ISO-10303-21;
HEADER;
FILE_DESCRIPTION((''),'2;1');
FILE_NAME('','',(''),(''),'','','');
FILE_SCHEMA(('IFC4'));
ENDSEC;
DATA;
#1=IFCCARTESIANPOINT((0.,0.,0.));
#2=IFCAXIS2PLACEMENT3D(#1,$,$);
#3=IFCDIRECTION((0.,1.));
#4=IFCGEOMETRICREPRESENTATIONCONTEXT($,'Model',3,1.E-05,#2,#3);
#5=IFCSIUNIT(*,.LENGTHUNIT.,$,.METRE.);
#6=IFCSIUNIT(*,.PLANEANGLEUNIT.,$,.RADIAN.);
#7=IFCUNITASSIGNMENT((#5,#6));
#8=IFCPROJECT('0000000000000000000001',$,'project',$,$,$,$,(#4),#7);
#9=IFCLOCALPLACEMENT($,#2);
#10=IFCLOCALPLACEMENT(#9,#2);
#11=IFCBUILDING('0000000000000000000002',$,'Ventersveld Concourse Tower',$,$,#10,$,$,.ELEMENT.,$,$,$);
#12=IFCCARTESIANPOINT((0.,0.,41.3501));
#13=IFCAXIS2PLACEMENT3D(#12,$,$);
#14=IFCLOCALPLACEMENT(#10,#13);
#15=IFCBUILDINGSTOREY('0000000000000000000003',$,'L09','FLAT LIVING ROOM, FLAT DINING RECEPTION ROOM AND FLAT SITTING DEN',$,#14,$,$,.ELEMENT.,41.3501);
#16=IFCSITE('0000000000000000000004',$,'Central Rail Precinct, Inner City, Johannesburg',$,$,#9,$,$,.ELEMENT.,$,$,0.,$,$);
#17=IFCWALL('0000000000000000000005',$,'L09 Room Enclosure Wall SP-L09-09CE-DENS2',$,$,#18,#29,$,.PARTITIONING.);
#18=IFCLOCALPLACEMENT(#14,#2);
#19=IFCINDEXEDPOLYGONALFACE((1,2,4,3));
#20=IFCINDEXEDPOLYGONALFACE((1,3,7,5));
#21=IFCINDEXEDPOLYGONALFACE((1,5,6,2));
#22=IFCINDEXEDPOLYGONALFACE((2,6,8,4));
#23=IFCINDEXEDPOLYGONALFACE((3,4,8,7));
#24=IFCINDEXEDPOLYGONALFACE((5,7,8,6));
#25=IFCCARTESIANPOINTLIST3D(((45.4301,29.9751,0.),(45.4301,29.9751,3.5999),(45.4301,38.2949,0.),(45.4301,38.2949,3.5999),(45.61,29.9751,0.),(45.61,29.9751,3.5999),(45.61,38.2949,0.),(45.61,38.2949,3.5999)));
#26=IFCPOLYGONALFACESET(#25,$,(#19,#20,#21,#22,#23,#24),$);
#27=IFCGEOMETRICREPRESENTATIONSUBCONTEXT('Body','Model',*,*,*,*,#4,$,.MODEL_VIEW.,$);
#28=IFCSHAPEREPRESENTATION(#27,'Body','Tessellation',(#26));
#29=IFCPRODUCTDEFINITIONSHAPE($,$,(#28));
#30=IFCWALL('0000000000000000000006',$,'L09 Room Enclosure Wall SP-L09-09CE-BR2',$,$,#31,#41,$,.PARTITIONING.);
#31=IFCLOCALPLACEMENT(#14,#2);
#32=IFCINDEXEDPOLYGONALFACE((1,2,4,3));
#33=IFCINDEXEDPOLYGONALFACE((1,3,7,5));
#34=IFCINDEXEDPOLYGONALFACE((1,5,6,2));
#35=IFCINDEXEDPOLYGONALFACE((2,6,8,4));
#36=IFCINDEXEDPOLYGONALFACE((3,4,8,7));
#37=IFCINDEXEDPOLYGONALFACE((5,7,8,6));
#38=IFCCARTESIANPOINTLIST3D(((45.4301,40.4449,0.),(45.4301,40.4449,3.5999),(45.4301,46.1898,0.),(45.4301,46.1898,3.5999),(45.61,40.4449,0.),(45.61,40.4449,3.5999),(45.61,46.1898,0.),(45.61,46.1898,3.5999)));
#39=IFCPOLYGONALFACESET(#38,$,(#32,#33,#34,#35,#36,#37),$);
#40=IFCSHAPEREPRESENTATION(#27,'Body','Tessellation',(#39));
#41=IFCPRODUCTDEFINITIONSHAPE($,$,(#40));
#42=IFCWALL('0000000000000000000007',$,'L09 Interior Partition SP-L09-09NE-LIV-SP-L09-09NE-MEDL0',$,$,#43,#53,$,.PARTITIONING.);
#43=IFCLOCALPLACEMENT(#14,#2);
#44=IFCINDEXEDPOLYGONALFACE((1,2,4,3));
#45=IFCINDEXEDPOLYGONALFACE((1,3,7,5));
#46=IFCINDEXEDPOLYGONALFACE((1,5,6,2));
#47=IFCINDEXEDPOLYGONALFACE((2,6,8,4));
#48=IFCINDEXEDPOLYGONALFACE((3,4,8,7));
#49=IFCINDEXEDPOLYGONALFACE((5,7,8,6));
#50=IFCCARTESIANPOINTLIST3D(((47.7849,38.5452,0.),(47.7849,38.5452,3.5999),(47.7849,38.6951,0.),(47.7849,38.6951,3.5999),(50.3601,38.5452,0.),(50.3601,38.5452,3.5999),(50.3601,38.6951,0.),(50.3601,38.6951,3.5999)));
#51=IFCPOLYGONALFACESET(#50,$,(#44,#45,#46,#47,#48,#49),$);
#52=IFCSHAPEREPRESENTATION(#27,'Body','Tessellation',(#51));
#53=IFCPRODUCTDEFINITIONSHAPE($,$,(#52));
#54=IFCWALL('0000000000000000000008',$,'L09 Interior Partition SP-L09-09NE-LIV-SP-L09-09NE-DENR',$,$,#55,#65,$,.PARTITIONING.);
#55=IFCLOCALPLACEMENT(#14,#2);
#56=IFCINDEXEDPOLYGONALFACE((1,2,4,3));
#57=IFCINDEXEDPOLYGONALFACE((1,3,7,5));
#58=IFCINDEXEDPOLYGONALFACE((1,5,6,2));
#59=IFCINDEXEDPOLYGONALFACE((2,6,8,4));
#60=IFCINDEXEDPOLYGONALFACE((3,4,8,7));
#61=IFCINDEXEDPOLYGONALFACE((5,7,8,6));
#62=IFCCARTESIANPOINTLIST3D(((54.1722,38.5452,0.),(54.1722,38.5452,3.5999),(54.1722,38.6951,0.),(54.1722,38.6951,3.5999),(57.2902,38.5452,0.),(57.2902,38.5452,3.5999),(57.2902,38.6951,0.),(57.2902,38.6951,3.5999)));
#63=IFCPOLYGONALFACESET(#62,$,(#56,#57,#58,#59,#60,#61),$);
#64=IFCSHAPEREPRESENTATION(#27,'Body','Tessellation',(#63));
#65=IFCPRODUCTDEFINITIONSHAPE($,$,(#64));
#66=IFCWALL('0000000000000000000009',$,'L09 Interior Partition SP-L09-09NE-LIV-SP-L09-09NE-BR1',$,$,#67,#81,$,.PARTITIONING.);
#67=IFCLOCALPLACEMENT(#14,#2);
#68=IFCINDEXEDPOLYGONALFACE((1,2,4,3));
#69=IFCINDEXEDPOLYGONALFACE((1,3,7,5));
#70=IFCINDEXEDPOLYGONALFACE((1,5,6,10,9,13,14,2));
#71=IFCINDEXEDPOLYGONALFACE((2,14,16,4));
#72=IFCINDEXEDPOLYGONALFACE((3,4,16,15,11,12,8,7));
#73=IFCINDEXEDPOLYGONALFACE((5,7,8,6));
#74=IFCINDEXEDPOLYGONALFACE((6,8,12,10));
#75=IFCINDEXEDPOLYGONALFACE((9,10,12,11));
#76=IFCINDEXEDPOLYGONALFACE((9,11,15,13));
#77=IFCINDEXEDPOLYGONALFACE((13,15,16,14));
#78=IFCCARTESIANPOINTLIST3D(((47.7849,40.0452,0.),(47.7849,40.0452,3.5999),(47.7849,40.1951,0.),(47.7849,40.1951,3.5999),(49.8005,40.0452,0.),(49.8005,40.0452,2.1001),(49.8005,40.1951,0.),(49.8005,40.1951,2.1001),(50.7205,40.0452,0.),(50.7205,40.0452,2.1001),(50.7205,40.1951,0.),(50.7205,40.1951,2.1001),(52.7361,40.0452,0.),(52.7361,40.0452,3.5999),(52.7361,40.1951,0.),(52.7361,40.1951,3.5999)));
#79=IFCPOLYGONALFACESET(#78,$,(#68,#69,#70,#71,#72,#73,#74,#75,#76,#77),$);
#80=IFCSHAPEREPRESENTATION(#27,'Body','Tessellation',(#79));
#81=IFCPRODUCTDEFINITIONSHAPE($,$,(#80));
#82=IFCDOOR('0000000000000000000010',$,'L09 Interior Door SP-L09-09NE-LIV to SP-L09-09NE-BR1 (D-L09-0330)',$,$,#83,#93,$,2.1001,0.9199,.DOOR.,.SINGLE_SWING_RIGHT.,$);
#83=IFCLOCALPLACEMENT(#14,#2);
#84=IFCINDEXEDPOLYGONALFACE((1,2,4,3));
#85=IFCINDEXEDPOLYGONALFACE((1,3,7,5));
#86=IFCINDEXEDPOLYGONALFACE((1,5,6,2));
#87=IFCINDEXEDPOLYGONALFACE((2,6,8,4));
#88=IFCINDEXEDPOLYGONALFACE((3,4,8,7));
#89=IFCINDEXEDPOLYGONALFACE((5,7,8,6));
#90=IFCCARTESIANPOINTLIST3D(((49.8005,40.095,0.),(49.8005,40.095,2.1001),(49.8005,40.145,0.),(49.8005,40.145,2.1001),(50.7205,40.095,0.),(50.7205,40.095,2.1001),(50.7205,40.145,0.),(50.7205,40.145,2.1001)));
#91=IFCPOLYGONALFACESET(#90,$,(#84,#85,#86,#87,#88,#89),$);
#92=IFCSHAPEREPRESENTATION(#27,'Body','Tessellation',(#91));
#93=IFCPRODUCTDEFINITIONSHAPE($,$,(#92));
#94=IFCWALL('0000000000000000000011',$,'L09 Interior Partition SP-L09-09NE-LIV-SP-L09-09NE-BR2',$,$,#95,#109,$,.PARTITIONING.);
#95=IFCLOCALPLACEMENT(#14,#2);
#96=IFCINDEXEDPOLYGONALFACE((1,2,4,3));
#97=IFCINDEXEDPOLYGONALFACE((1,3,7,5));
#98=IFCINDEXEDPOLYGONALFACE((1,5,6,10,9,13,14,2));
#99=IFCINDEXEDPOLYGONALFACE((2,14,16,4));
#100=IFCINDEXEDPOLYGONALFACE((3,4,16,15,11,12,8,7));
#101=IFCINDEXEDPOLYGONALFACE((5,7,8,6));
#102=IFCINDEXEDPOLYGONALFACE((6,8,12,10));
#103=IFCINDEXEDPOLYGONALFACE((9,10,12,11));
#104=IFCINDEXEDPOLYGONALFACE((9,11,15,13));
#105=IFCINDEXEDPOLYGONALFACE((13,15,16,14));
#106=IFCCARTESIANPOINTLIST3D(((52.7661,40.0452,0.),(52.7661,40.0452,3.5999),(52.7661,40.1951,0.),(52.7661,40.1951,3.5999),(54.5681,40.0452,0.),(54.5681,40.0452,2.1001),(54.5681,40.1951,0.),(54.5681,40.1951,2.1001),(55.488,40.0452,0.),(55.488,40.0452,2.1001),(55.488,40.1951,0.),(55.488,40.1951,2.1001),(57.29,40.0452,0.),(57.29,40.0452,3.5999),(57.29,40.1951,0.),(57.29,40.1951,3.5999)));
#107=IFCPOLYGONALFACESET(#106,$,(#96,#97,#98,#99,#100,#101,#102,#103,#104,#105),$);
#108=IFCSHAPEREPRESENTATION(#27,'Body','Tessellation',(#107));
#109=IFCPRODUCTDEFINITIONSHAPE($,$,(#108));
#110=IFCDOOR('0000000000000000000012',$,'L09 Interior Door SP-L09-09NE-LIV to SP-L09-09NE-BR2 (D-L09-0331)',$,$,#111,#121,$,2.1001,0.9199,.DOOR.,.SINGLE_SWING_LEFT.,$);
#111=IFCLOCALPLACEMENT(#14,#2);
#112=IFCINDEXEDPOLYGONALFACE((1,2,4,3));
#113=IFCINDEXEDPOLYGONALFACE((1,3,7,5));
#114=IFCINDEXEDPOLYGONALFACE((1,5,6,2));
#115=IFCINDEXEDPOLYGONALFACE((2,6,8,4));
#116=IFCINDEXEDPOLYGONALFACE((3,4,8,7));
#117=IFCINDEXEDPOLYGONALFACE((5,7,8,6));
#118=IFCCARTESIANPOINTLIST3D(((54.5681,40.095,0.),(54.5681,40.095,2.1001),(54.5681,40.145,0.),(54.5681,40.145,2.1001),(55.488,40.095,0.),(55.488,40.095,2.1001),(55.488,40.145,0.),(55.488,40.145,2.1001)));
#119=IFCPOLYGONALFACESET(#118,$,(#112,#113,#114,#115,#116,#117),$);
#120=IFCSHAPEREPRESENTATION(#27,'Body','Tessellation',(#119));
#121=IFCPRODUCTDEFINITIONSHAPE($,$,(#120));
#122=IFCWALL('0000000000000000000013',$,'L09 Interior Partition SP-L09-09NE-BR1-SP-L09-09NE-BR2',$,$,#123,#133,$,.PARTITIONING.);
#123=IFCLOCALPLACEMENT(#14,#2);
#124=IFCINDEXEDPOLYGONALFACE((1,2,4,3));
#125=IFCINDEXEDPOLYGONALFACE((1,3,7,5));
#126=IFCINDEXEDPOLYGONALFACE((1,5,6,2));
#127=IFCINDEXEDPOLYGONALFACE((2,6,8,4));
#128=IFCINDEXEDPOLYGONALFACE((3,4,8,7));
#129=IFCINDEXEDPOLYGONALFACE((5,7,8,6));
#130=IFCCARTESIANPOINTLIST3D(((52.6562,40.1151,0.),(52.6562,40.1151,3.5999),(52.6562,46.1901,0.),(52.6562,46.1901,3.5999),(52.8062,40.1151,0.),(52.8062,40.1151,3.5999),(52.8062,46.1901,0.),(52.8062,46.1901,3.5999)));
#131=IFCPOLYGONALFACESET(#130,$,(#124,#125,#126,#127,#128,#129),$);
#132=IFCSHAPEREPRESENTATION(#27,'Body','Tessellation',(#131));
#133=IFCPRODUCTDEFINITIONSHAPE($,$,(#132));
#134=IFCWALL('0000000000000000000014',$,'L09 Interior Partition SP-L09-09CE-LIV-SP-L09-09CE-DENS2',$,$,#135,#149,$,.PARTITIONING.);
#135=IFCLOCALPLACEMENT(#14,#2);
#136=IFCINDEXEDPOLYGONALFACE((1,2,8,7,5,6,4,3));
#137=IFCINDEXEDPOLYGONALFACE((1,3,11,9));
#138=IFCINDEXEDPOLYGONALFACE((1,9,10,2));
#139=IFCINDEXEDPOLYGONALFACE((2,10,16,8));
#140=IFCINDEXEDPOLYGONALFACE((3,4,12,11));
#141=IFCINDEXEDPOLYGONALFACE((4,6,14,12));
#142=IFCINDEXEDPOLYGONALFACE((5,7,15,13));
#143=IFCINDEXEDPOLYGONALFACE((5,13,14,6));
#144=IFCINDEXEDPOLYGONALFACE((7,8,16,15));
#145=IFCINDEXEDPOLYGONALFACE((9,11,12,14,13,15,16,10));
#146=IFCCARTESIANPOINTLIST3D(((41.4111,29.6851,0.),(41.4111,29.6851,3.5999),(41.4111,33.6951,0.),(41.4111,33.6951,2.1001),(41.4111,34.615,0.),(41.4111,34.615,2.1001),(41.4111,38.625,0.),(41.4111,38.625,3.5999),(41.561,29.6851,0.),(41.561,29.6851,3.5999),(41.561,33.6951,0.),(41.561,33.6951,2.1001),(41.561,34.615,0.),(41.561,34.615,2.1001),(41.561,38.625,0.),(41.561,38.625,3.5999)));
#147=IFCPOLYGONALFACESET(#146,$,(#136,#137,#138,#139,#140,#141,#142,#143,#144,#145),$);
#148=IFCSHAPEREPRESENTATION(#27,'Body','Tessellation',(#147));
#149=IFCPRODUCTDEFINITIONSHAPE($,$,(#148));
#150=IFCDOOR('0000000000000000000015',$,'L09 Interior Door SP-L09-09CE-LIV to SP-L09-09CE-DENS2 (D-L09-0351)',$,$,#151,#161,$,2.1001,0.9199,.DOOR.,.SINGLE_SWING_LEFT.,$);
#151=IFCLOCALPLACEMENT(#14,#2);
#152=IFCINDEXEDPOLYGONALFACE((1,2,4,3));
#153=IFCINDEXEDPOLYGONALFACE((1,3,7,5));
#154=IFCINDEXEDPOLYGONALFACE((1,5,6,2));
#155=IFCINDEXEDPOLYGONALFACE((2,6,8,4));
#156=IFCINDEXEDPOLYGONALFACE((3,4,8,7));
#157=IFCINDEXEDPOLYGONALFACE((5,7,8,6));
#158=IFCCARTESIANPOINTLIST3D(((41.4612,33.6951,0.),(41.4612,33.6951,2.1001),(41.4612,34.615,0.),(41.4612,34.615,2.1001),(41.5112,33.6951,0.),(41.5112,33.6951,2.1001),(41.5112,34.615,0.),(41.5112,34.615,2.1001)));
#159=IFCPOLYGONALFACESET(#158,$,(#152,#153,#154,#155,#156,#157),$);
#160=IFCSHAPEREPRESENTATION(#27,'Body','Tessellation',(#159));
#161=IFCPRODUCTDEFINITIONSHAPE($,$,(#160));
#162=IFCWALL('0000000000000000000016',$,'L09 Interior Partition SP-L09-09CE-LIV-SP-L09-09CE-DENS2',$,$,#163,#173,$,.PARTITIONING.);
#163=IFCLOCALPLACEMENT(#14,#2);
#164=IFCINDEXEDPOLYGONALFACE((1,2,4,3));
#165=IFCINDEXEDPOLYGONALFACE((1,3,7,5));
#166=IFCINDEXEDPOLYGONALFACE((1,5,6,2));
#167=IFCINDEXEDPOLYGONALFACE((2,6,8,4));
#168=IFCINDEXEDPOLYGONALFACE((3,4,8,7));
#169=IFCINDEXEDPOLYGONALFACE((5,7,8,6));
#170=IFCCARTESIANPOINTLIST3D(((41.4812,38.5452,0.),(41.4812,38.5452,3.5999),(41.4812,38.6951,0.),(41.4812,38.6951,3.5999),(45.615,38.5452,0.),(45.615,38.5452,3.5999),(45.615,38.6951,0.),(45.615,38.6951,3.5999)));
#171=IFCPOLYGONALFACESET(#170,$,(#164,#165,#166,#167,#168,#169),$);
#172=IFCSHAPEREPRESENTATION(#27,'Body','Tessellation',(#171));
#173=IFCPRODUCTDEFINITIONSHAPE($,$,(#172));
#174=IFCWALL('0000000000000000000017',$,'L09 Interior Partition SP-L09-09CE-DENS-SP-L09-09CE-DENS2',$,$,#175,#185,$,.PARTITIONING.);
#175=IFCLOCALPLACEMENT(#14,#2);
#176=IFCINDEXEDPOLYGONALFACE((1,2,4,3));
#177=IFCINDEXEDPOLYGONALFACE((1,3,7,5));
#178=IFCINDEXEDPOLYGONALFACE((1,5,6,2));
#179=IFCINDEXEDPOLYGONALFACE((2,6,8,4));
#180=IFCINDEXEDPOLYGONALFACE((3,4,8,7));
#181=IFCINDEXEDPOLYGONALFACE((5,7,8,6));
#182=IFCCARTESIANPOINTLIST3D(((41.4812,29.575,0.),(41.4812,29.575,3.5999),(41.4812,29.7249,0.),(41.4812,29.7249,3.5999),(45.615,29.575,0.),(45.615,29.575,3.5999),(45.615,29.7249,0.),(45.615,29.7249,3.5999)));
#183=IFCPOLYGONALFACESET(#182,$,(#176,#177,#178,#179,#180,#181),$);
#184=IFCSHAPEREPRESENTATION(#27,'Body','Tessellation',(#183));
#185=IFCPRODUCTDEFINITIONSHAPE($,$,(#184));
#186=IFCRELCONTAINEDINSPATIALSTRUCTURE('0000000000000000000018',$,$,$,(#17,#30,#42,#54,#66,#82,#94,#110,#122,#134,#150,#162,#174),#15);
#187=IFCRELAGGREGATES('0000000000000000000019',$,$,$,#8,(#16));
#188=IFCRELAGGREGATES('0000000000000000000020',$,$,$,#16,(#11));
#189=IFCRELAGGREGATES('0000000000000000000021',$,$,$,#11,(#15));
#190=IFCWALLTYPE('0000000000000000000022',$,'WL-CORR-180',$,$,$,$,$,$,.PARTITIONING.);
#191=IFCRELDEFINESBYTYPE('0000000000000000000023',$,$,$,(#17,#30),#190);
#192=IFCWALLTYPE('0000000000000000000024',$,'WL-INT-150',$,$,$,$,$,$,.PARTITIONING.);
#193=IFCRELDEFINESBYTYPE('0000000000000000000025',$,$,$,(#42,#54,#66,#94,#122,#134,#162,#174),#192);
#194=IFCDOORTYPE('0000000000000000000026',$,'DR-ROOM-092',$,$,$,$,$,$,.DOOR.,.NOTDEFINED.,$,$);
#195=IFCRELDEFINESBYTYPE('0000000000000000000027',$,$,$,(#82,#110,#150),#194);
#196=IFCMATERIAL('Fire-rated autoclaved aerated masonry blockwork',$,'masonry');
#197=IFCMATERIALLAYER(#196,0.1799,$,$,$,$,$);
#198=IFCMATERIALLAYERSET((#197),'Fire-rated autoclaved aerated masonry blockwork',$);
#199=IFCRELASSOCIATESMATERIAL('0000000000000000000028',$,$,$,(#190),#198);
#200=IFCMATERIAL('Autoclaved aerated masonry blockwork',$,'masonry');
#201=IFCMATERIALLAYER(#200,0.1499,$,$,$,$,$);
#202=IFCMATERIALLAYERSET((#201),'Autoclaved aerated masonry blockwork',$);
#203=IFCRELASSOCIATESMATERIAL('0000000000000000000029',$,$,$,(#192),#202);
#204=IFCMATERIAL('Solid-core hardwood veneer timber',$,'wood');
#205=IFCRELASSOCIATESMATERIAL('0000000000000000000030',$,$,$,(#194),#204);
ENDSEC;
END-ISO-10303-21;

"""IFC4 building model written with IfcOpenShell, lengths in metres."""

from ifc_helpers import new_model, si_unit, direction, frame, frame_2d, origin, place, context, subcontext, project, spatial, rectangle, extrude, material, layer, layer_set, type_object, element, fill, save


model = new_model("IFC4")

# Units and contexts
model_context = context("Model", 3, precision=1e-05, world=origin(), true_north=direction((0.0, 1.0)))
body_context = subcontext(model_context, "Body", "Model", "MODEL_VIEW")
ifc_project = project(units=[si_unit("LENGTHUNIT", "METRE"), si_unit("PLANEANGLEUNIT", "RADIAN")], contexts=[model_context])

# Site, building, storey
site_placement = place(None, origin())
site = spatial("IfcSite", under=ifc_project, at=site_placement, Name="Central Rail Precinct, Inner City, Johannesburg", CompositionType="ELEMENT", RefElevation=0.0)
building_placement = place(site_placement, origin())
building = spatial("IfcBuilding", under=site, at=building_placement, Name="Ventersveld Concourse Tower", CompositionType="ELEMENT")
storey_placement = place(building_placement, frame((0.0, 0.0, 41.3501)))
storey = spatial("IfcBuildingStorey", under=building, at=storey_placement, Name="L09", Description="FLAT LIVING ROOM, FLAT DINING RECEPTION ROOM AND FLAT SITTING DEN", CompositionType="ELEMENT", Elevation=41.3501)

# Walls
ifc_material_1 = material(Name="Fire-rated autoclaved aerated masonry blockwork", Category="masonry")
ifc_layer_1 = layer(ifc_material_1, 0.1799)
ifc_layer_set_1 = layer_set([ifc_layer_1], Name="Fire-rated autoclaved aerated masonry blockwork")
wall_type_1 = type_object("IfcWallType", Name="WL-CORR-180", PredefinedType="PARTITIONING", material=ifc_layer_set_1)
wall_1_placement = place(storey_placement, frame((45.52, 38.2949, 0.0), z_axis=(0.0, 0.0, 1.0), x_axis=(0.0, -1.0, 0.0)))
element("IfcWall", 1, at=wall_1_placement, inside=storey, type_object=wall_type_1, Name="L09 Room Enclosure Wall SP-L09-09CE-DENS2", PredefinedType="PARTITIONING", context=body_context, shape_type="SweptSolid", body=[
    extrude(rectangle(XDim=8.3198, YDim=0.1799, at=frame_2d((4.1599, 0.0))), origin(), (0.0, 0.0, 1.0), 3.5999),
])
wall_2_placement = place(storey_placement, frame((45.52, 46.1899, 0.0), z_axis=(0.0, 0.0, 1.0), x_axis=(0.0, -1.0, 0.0)))
element("IfcWall", 2, at=wall_2_placement, inside=storey, type_object=wall_type_1, Name="L09 Room Enclosure Wall SP-L09-09CE-BR2", PredefinedType="PARTITIONING", context=body_context, shape_type="SweptSolid", body=[
    extrude(rectangle(XDim=5.7449, YDim=0.1799, at=frame_2d((2.8726, 0.0))), origin(), (0.0, 0.0, 1.0), 3.5999),
])
ifc_material_2 = material(Name="Autoclaved aerated masonry blockwork", Category="masonry")
ifc_layer_2 = layer(ifc_material_2, 0.1499)
ifc_layer_set_2 = layer_set([ifc_layer_2], Name="Autoclaved aerated masonry blockwork")
wall_type_2 = type_object("IfcWallType", Name="WL-INT-150", PredefinedType="PARTITIONING", material=ifc_layer_set_2)
wall_3_placement = place(storey_placement, frame((47.7849, 38.6201, 0.0), z_axis=(0.0, 0.0, 1.0), x_axis=(1.0, 0.0, 0.0)))
element("IfcWall", 3, at=wall_3_placement, inside=storey, type_object=wall_type_2, Name="L09 Interior Partition SP-L09-09NE-LIV-SP-L09-09NE-MEDL0", PredefinedType="PARTITIONING", context=body_context, shape_type="SweptSolid", body=[
    extrude(rectangle(XDim=2.5752, YDim=0.1499, at=frame_2d((1.2876, 0.0))), origin(), (0.0, 0.0, 1.0), 3.5999),
])
wall_4_placement = place(storey_placement, frame((54.1721, 38.6201, 0.0), z_axis=(0.0, 0.0, 1.0), x_axis=(1.0, 0.0, 0.0)))
element("IfcWall", 4, at=wall_4_placement, inside=storey, type_object=wall_type_2, Name="L09 Interior Partition SP-L09-09NE-LIV-SP-L09-09NE-DENR", PredefinedType="PARTITIONING", context=body_context, shape_type="SweptSolid", body=[
    extrude(rectangle(XDim=3.1179, YDim=0.1499, at=frame_2d((1.5591, 0.0))), origin(), (0.0, 0.0, 1.0), 3.5999),
])

# Walls, openings, doors
wall_5_placement = place(storey_placement, frame((47.7849, 40.1201, 0.0), z_axis=(0.0, 0.0, 1.0), x_axis=(1.0, 0.0, 0.0)))
wall_5 = element("IfcWall", 5, at=wall_5_placement, inside=storey, type_object=wall_type_2, Name="L09 Interior Partition SP-L09-09NE-LIV-SP-L09-09NE-BR1", PredefinedType="PARTITIONING", context=body_context, shape_type="SweptSolid", body=[
    extrude(rectangle(XDim=4.9512, YDim=0.1499, at=frame_2d((2.4756, 0.0))), origin(), (0.0, 0.0, 1.0), 3.5999),
])
opening_1_placement = place(wall_5_placement, frame((2.0156, 0.0, 0.0)))
opening_1 = element("IfcOpeningElement", 6, at=opening_1_placement, cuts=wall_5, PredefinedType="OPENING", context=body_context, shape_type="SweptSolid", body=[
    extrude(rectangle(XDim=0.9199, YDim=2.1001, at=frame_2d((0.46, 1.05))), frame((0.0, 0.085, 0.0), z_axis=(0.0, -1.0, 0.0), x_axis=(1.0, 0.0, 0.0)), (0.0, 0.0, 1.0), 0.1699),
])
ifc_material_3 = material(Name="Solid-core hardwood veneer timber", Category="wood")
door_type = type_object("IfcDoorType", Name="DR-ROOM-092", OperationType="NOTDEFINED", PredefinedType="DOOR", material=ifc_material_3)
door_1_placement = place(opening_1_placement, origin())
door_1 = element("IfcDoor", 7, at=door_1_placement, inside=storey, type_object=door_type, Name="L09 Interior Door SP-L09-09NE-LIV to SP-L09-09NE-BR1 (D-L09-0330)", OperationType="SINGLE_SWING_RIGHT", OverallHeight=2.1001, OverallWidth=0.9199, PredefinedType="DOOR", context=body_context, shape_type="SweptSolid", body=[
    extrude(rectangle(XDim=0.9199, YDim=2.1001, at=frame_2d((0.46, 1.05))), frame((0.0, 0.0249, 0.0), z_axis=(0.0, -1.0, 0.0), x_axis=(1.0, 0.0, 0.0)), (0.0, 0.0, 1.0), 0.05),
])
fill(opening_1, door_1)
wall_6_placement = place(storey_placement, frame((52.7661, 40.1201, 0.0), z_axis=(0.0, 0.0, 1.0), x_axis=(1.0, 0.0, 0.0)))
wall_6 = element("IfcWall", 8, at=wall_6_placement, inside=storey, type_object=wall_type_2, Name="L09 Interior Partition SP-L09-09NE-LIV-SP-L09-09NE-BR2", PredefinedType="PARTITIONING", context=body_context, shape_type="SweptSolid", body=[
    extrude(rectangle(XDim=4.5239, YDim=0.1499, at=frame_2d((2.262, 0.0))), origin(), (0.0, 0.0, 1.0), 3.5999),
])
opening_2_placement = place(wall_6_placement, frame((1.802, 0.0, 0.0)))
opening_2 = element("IfcOpeningElement", 9, at=opening_2_placement, cuts=wall_6, PredefinedType="OPENING", context=body_context, shape_type="SweptSolid", body=[
    extrude(rectangle(XDim=0.9199, YDim=2.1001, at=frame_2d((0.46, 1.05))), frame((0.0, 0.085, 0.0), z_axis=(0.0, -1.0, 0.0), x_axis=(1.0, 0.0, 0.0)), (0.0, 0.0, 1.0), 0.1699),
])
door_2_placement = place(opening_2_placement, origin())
door_2 = element("IfcDoor", 10, at=door_2_placement, inside=storey, type_object=door_type, Name="L09 Interior Door SP-L09-09NE-LIV to SP-L09-09NE-BR2 (D-L09-0331)", OperationType="SINGLE_SWING_LEFT", OverallHeight=2.1001, OverallWidth=0.9199, PredefinedType="DOOR", context=body_context, shape_type="SweptSolid", body=[
    extrude(rectangle(XDim=0.9199, YDim=2.1001, at=frame_2d((0.46, 1.05))), frame((0.0, 0.0249, 0.0), z_axis=(0.0, -1.0, 0.0), x_axis=(1.0, 0.0, 0.0)), (0.0, 0.0, 1.0), 0.05),
])
fill(opening_2, door_2)

# Wall
wall_7_placement = place(storey_placement, frame((52.7312, 40.115, 0.0), z_axis=(0.0, 0.0, 1.0), x_axis=(0.0, 1.0, 0.0)))
element("IfcWall", 11, at=wall_7_placement, inside=storey, type_object=wall_type_2, Name="L09 Interior Partition SP-L09-09NE-BR1-SP-L09-09NE-BR2", PredefinedType="PARTITIONING", context=body_context, shape_type="SweptSolid", body=[
    extrude(rectangle(XDim=6.075, YDim=0.1499, at=frame_2d((3.0376, 0.0))), origin(), (0.0, 0.0, 1.0), 3.5999),
])

# Wall, opening, door
wall_8_placement = place(storey_placement, frame((41.4861, 29.6851, 0.0), z_axis=(0.0, 0.0, 1.0), x_axis=(0.0, 1.0, 0.0)))
wall_8 = element("IfcWall", 12, at=wall_8_placement, inside=storey, type_object=wall_type_2, Name="L09 Interior Partition SP-L09-09CE-LIV-SP-L09-09CE-DENS2", PredefinedType="PARTITIONING", context=body_context, shape_type="SweptSolid", body=[
    extrude(rectangle(XDim=8.9399, YDim=0.1499, at=frame_2d((4.47, 0.0))), origin(), (0.0, 0.0, 1.0), 3.5999),
])
opening_3_placement = place(wall_8_placement, frame((4.01, 0.0, 0.0)))
opening_3 = element("IfcOpeningElement", 13, at=opening_3_placement, cuts=wall_8, PredefinedType="OPENING", context=body_context, shape_type="SweptSolid", body=[
    extrude(rectangle(XDim=0.9199, YDim=2.1001, at=frame_2d((0.46, 1.05))), frame((0.0, 0.085, 0.0), z_axis=(0.0, -1.0, 0.0), x_axis=(1.0, 0.0, 0.0)), (0.0, 0.0, 1.0), 0.1699),
])
door_3_placement = place(opening_3_placement, origin())
door_3 = element("IfcDoor", 14, at=door_3_placement, inside=storey, type_object=door_type, Name="L09 Interior Door SP-L09-09CE-LIV to SP-L09-09CE-DENS2 (D-L09-0351)", OperationType="SINGLE_SWING_LEFT", OverallHeight=2.1001, OverallWidth=0.9199, PredefinedType="DOOR", context=body_context, shape_type="SweptSolid", body=[
    extrude(rectangle(XDim=0.9199, YDim=2.1001, at=frame_2d((0.46, 1.05))), frame((0.0, 0.0249, 0.0), z_axis=(0.0, -1.0, 0.0), x_axis=(1.0, 0.0, 0.0)), (0.0, 0.0, 1.0), 0.05),
])
fill(opening_3, door_3)

# Walls
for number, where, z_axis, x_axis, name in (
    (15, (41.4812, 38.6201, 0.0), (0.0, 0.0, 1.0), (1.0, 0.0, 0.0), "L09 Interior Partition SP-L09-09CE-LIV-SP-L09-09CE-DENS2"),
    (16, (41.4812, 29.6499, 0.0), (0.0, 0.0, 1.0), (1.0, 0.0, 0.0), "L09 Interior Partition SP-L09-09CE-DENS-SP-L09-09CE-DENS2"),
):
    element("IfcWall", number, at=place(storey_placement, frame(where, z_axis=z_axis, x_axis=x_axis)), inside=storey, type_object=wall_type_2, Name=name, PredefinedType="PARTITIONING", context=body_context, shape_type="SweptSolid", body=[
        extrude(rectangle(XDim=4.1338, YDim=0.1499, at=frame_2d((2.0669, 0.0))), origin(), (0.0, 0.0, 1.0), 3.5999),
    ])

save(model, "model.ifc")
